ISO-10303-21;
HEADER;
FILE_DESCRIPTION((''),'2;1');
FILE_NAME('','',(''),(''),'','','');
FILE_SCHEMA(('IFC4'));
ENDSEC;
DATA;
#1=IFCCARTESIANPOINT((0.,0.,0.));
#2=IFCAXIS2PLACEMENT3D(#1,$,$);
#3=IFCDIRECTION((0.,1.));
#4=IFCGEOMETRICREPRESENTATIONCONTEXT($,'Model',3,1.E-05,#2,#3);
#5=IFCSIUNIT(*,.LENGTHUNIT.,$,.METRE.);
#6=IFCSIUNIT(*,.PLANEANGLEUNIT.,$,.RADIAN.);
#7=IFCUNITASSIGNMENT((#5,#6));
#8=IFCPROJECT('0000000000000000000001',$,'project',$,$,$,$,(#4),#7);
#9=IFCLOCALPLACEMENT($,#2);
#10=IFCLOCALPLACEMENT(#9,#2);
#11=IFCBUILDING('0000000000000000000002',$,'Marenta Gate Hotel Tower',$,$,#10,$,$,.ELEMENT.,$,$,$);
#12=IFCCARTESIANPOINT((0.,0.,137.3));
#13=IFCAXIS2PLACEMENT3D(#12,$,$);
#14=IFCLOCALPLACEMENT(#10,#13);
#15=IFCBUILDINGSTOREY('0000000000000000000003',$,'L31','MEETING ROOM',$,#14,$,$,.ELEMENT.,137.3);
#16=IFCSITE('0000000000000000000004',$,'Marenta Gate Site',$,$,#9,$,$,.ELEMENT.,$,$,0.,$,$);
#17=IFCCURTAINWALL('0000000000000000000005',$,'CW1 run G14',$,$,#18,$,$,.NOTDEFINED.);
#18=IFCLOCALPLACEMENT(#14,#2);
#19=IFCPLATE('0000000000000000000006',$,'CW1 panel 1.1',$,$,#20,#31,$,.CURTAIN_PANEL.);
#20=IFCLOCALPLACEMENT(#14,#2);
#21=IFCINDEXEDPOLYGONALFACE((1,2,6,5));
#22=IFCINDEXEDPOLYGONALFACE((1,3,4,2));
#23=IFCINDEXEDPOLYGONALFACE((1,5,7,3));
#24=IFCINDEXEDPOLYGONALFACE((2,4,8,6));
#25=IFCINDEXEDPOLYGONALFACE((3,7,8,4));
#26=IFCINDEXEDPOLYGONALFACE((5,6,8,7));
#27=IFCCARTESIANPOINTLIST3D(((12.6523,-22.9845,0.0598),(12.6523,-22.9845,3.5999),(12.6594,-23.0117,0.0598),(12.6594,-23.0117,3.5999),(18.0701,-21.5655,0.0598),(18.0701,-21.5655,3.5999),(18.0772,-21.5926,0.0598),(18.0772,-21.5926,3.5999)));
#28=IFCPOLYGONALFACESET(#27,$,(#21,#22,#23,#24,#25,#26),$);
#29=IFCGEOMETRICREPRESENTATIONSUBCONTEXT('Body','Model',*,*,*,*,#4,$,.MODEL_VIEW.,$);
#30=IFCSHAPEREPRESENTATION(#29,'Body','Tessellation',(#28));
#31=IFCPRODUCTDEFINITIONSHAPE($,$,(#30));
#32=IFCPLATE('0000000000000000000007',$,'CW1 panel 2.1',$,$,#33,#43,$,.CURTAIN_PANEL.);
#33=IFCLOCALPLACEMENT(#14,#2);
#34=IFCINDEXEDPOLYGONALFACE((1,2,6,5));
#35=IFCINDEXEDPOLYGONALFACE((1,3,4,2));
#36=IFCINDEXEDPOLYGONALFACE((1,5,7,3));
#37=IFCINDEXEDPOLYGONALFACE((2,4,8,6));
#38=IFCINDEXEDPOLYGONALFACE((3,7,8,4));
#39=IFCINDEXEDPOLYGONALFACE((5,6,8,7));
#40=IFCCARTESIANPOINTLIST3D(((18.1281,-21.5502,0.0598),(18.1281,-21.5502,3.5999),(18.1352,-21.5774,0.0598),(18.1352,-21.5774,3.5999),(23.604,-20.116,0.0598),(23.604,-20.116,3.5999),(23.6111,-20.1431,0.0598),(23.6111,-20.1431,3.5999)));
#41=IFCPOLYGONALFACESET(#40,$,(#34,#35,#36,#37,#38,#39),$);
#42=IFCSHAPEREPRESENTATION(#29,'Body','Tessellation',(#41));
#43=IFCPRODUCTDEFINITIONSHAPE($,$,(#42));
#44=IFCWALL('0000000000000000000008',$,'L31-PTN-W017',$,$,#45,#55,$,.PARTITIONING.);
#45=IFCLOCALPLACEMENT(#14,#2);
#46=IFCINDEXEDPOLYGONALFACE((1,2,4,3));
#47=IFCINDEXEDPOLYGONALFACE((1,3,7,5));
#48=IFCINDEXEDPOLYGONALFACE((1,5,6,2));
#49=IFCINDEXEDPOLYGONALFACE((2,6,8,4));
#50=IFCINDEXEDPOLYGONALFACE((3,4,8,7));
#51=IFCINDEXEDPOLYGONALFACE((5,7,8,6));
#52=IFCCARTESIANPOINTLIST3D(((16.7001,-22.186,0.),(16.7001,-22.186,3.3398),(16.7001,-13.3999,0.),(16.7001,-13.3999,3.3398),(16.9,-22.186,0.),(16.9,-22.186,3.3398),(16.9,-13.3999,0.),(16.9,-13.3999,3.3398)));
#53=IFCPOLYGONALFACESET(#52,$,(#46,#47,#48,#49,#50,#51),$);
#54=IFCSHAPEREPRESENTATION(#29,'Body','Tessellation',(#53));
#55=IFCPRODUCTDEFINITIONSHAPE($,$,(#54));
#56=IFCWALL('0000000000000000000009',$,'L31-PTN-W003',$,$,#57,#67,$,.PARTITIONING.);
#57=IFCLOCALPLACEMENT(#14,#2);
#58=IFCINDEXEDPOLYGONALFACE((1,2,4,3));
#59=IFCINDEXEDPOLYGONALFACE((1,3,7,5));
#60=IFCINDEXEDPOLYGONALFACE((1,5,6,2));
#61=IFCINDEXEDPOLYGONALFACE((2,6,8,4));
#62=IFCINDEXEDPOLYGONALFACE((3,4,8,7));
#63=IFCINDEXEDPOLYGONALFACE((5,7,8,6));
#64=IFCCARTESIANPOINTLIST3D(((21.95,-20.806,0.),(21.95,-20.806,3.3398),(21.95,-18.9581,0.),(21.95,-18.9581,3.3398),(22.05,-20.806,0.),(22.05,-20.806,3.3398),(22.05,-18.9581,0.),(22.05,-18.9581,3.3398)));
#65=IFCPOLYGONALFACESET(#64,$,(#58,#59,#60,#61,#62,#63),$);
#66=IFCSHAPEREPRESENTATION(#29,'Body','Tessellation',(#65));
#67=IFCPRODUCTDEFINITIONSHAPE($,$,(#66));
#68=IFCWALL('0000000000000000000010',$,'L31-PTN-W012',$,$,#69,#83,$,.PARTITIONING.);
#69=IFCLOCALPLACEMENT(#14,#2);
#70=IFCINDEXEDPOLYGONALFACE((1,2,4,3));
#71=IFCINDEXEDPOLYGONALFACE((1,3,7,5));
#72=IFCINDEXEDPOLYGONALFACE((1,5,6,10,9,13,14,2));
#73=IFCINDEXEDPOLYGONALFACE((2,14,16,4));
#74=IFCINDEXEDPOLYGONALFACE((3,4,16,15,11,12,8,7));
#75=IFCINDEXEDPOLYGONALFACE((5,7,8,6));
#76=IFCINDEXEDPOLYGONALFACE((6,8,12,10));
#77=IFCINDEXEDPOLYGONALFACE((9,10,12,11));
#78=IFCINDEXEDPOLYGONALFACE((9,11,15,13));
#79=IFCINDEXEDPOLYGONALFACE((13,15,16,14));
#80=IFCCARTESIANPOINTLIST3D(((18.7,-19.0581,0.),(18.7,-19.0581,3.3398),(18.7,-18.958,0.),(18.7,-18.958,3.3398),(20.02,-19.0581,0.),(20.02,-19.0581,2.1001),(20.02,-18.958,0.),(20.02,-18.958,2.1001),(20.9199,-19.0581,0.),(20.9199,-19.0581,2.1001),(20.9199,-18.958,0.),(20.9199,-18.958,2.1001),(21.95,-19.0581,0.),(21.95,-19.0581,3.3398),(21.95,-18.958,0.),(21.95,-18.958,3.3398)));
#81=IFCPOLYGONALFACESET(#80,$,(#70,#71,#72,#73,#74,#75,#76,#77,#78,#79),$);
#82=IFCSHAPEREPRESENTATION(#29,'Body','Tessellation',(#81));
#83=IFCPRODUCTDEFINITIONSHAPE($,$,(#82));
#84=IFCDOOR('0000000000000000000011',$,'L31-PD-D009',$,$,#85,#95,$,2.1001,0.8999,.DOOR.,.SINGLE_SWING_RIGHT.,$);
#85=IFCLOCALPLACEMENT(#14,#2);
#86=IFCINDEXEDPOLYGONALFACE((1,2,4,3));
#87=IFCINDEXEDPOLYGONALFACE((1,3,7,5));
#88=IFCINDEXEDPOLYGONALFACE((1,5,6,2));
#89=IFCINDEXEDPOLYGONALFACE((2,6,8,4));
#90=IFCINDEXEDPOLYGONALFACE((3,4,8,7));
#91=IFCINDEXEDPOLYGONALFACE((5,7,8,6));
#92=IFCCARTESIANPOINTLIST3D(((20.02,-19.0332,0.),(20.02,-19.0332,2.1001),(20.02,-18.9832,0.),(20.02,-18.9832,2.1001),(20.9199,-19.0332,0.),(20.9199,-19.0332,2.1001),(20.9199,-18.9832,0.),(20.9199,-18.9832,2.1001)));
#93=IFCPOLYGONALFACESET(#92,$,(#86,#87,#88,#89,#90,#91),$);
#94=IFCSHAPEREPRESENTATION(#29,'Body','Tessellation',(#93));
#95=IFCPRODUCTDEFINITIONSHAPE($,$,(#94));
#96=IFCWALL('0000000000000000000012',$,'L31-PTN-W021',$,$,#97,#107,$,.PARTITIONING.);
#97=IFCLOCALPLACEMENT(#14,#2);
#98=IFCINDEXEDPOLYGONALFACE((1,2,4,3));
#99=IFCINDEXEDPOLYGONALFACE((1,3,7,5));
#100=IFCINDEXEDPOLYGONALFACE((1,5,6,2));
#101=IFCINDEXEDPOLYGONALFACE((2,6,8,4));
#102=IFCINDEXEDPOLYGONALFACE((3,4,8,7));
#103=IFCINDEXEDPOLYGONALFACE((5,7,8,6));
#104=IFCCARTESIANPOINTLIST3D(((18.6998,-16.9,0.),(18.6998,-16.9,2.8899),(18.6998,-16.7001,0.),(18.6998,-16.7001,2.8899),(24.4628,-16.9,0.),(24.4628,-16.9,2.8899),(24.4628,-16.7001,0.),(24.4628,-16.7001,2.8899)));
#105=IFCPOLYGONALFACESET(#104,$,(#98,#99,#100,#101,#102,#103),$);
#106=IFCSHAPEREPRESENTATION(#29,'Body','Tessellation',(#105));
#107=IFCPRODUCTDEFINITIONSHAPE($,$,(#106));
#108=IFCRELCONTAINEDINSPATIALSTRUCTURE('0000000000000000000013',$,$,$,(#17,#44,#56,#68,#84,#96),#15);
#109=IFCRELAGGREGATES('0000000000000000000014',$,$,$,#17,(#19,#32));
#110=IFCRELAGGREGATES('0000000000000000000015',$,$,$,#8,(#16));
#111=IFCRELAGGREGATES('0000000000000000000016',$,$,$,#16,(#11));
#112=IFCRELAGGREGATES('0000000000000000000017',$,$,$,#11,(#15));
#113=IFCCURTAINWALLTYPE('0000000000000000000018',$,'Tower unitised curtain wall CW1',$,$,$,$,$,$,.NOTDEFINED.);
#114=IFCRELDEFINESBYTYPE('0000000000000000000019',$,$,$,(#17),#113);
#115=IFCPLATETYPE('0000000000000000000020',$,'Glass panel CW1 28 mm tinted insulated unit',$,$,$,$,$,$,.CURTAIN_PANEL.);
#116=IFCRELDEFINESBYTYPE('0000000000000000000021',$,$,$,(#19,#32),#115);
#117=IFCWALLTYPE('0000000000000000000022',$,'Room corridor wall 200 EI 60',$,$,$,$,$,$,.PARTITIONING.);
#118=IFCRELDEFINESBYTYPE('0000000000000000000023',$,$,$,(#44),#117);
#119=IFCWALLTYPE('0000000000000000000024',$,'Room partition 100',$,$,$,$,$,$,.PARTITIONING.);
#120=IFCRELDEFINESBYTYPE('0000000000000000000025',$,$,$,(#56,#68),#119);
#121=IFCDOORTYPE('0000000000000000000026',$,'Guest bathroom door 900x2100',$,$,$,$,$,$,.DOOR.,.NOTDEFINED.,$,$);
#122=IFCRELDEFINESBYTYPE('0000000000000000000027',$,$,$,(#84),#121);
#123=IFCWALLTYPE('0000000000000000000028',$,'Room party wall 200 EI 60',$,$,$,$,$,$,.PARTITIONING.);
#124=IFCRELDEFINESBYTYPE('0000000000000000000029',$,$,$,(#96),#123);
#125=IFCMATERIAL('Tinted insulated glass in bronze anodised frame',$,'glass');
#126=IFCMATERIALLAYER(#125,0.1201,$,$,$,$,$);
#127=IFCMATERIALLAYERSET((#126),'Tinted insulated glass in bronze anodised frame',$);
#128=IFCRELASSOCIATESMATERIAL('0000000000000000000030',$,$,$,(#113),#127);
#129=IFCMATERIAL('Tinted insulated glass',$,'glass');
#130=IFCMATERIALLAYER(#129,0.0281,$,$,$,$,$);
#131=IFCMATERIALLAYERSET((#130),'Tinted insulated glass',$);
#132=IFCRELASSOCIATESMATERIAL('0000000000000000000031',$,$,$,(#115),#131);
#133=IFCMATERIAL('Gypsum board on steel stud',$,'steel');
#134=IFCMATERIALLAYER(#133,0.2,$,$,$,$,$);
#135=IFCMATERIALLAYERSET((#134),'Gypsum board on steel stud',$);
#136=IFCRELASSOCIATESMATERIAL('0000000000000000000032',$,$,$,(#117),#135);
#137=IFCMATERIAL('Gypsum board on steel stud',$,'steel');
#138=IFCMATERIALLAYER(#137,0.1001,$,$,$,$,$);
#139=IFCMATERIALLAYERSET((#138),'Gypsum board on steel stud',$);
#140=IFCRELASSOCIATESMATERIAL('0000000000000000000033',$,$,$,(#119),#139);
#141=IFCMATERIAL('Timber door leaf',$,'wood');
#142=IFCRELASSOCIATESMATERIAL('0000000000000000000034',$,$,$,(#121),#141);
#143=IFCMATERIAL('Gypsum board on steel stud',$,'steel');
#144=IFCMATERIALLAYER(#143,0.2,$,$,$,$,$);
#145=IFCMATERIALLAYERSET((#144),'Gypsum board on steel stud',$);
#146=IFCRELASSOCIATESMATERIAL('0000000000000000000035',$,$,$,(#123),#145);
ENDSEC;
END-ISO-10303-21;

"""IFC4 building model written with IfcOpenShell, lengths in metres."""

from ifc_helpers import new_model, si_unit, direction, frame, frame_2d, origin, origin_2d, place, context, subcontext, project, spatial, rectangle, extrude, material, layer, layer_set, type_object, element, fill, aggregate, save


model = new_model("IFC4")

# Units and contexts
model_context = context("Model", 3, precision=1e-05, world=origin(), true_north=direction((0.0, 1.0)))
body_context = subcontext(model_context, "Body", "Model", "MODEL_VIEW")
ifc_project = project(units=[si_unit("LENGTHUNIT", "METRE"), si_unit("PLANEANGLEUNIT", "RADIAN")], contexts=[model_context])

# Site, building, storey
site_placement = place(None, origin())
site = spatial("IfcSite", under=ifc_project, at=site_placement, Name="Marenta Gate Site", CompositionType="ELEMENT", RefElevation=0.0)
building_placement = place(site_placement, origin())
building = spatial("IfcBuilding", under=site, at=building_placement, Name="Marenta Gate Hotel Tower", CompositionType="ELEMENT")
storey_placement = place(building_placement, frame((0.0, 0.0, 137.3)))
storey = spatial("IfcBuildingStorey", under=building, at=storey_placement, Name="L31", Description="MEETING ROOM", CompositionType="ELEMENT", Elevation=137.3)

# Curtain wall
ifc_material_1 = material(Name="Tinted insulated glass in bronze anodised frame", Category="glass")
ifc_layer_1 = layer(ifc_material_1, 0.1201)
ifc_layer_set_1 = layer_set([ifc_layer_1], Name="Tinted insulated glass in bronze anodised frame")
curtain_wall_type = type_object("IfcCurtainWallType", Name="Tower unitised curtain wall CW1", PredefinedType="NOTDEFINED", material=ifc_layer_set_1)
curtain_wall_1_placement = place(storey_placement, origin())
curtain_wall_1 = element("IfcCurtainWall", 1, at=curtain_wall_1_placement, inside=storey, type_object=curtain_wall_type, Name="CW1 run G14", PredefinedType="NOTDEFINED")

# Plates
ifc_material_2 = material(Name="Tinted insulated glass", Category="glass")
ifc_layer_2 = layer(ifc_material_2, 0.0281)
ifc_layer_set_2 = layer_set([ifc_layer_2], Name="Tinted insulated glass")
plate_type = type_object("IfcPlateType", Name="Glass panel CW1 28 mm tinted insulated unit", PredefinedType="CURTAIN_PANEL", material=ifc_layer_set_2)
plate_1_placement = place(storey_placement, frame((15.3647, -22.2886, 0.0598), z_axis=(0.0, 0.0, 1.0), x_axis=(0.967368, 0.253374, 0.0)))
plate_1 = element("IfcPlate", 2, at=plate_1_placement, type_object=plate_type, Name="CW1 panel 1.1", PredefinedType="CURTAIN_PANEL", context=body_context, shape_type="SweptSolid", body=[
    extrude(rectangle(XDim=5.6006, YDim=0.0281, at=origin_2d()), origin(), (0.0, 0.0, 1.0), 3.54),
])
plate_2_placement = place(storey_placement, frame((20.8696, -20.8467, 0.0598), z_axis=(0.0, 0.0, 1.0), x_axis=(0.967368, 0.253374, 0.0)))
plate_2 = element("IfcPlate", 3, at=plate_2_placement, type_object=plate_type, Name="CW1 panel 2.1", PredefinedType="CURTAIN_PANEL", context=body_context, shape_type="SweptSolid", body=[
    extrude(rectangle(XDim=5.6606, YDim=0.0281, at=origin_2d()), origin(), (0.0, 0.0, 1.0), 3.54),
])
aggregate(curtain_wall_1, [plate_1, plate_2])

# Shared definitions
ifc_material_3 = material(Name="Gypsum board on steel stud", Category="steel")
ifc_layer_3 = layer(ifc_material_3, 0.2)
ifc_layer_set_3 = layer_set([ifc_layer_3], Name="Gypsum board on steel stud")
wall_type_1 = type_object("IfcWallType", Name="Room corridor wall 200 EI 60", PredefinedType="PARTITIONING", material=ifc_layer_set_3)

# Walls
wall_1_placement = place(storey_placement, frame((16.8, -22.186, 0.0), z_axis=(0.0, 0.0, 1.0), x_axis=(0.0, 1.0, 0.0)))
element("IfcWall", 4, at=wall_1_placement, inside=storey, type_object=wall_type_1, Name="L31-PTN-W017", PredefinedType="PARTITIONING", context=body_context, shape_type="SweptSolid", body=[
    extrude(rectangle(XDim=8.7861, YDim=0.2, at=frame_2d((4.3931, 0.0))), origin(), (0.0, 0.0, 1.0), 3.3398),
])
ifc_material_4 = material(Name="Gypsum board on steel stud", Category="steel")
ifc_layer_4 = layer(ifc_material_4, 0.1001)
ifc_layer_set_4 = layer_set([ifc_layer_4], Name="Gypsum board on steel stud")
wall_type_2 = type_object("IfcWallType", Name="Room partition 100", PredefinedType="PARTITIONING", material=ifc_layer_set_4)
wall_2_placement = place(storey_placement, frame((22.0, -20.8059, 0.0), z_axis=(0.0, 0.0, 1.0), x_axis=(0.0, 1.0, 0.0)))
element("IfcWall", 5, at=wall_2_placement, inside=storey, type_object=wall_type_2, Name="L31-PTN-W003", PredefinedType="PARTITIONING", context=body_context, shape_type="SweptSolid", body=[
    extrude(rectangle(XDim=1.8479, YDim=0.1001, at=frame_2d((0.9238, 0.0))), origin(), (0.0, 0.0, 1.0), 3.3398),
])

# Wall, opening, door
wall_3_placement = place(storey_placement, frame((18.7, -19.0081, 0.0), z_axis=(0.0, 0.0, 1.0), x_axis=(1.0, 0.0, 0.0)))
wall_3 = element("IfcWall", 6, at=wall_3_placement, inside=storey, type_object=wall_type_2, Name="L31-PTN-W012", PredefinedType="PARTITIONING", context=body_context, shape_type="SweptSolid", body=[
    extrude(rectangle(XDim=3.25, YDim=0.1001, at=frame_2d((1.625, 0.0))), origin(), (0.0, 0.0, 1.0), 3.3398),
])
opening_1_placement = place(wall_3_placement, frame((1.3201, 0.0, 0.0)))
opening_1 = element("IfcOpeningElement", 7, at=opening_1_placement, cuts=wall_3, PredefinedType="OPENING", context=body_context, shape_type="SweptSolid", body=[
    extrude(rectangle(XDim=0.8999, YDim=2.1001, at=frame_2d((0.45, 1.05))), frame((0.0, 0.05, 0.0), z_axis=(0.0, -1.0, 0.0), x_axis=(1.0, 0.0, 0.0)), (0.0, 0.0, 1.0), 0.1001),
])
ifc_material_5 = material(Name="Timber door leaf", Category="wood")
door_type_1 = type_object("IfcDoorType", Name="Guest bathroom door 900x2100", OperationType="NOTDEFINED", PredefinedType="DOOR", material=ifc_material_5)
door_1_placement = place(opening_1_placement, origin())
door_1 = element("IfcDoor", 8, at=door_1_placement, inside=storey, type_object=door_type_1, Name="L31-PD-D009", OperationType="SINGLE_SWING_RIGHT", OverallHeight=2.1001, OverallWidth=0.8999, PredefinedType="DOOR", context=body_context, shape_type="SweptSolid", body=[
    extrude(rectangle(XDim=0.8999, YDim=2.1001, at=frame_2d((0.45, 1.05))), frame((0.0, 0.0249, 0.0), z_axis=(0.0, -1.0, 0.0), x_axis=(1.0, 0.0, 0.0)), (0.0, 0.0, 1.0), 0.05),
])
fill(opening_1, door_1)

# Wall
ifc_material_6 = material(Name="Gypsum board on steel stud", Category="steel")
ifc_layer_5 = layer(ifc_material_6, 0.2)
ifc_layer_set_5 = layer_set([ifc_layer_5], Name="Gypsum board on steel stud")
wall_type_3 = type_object("IfcWallType", Name="Room party wall 200 EI 60", PredefinedType="PARTITIONING", material=ifc_layer_set_5)
wall_4_placement = place(storey_placement, frame((18.7, -16.8, 0.0), z_axis=(0.0, 0.0, 1.0), x_axis=(1.0, 0.0, 0.0)))
element("IfcWall", 9, at=wall_4_placement, inside=storey, type_object=wall_type_3, Name="L31-PTN-W021", PredefinedType="PARTITIONING", context=body_context, shape_type="SweptSolid", body=[
    extrude(rectangle(XDim=5.7629, YDim=0.2, at=frame_2d((2.8813, 0.0))), origin(), (0.0, 0.0, 1.0), 2.8899),
])

save(model, "model.ifc")
